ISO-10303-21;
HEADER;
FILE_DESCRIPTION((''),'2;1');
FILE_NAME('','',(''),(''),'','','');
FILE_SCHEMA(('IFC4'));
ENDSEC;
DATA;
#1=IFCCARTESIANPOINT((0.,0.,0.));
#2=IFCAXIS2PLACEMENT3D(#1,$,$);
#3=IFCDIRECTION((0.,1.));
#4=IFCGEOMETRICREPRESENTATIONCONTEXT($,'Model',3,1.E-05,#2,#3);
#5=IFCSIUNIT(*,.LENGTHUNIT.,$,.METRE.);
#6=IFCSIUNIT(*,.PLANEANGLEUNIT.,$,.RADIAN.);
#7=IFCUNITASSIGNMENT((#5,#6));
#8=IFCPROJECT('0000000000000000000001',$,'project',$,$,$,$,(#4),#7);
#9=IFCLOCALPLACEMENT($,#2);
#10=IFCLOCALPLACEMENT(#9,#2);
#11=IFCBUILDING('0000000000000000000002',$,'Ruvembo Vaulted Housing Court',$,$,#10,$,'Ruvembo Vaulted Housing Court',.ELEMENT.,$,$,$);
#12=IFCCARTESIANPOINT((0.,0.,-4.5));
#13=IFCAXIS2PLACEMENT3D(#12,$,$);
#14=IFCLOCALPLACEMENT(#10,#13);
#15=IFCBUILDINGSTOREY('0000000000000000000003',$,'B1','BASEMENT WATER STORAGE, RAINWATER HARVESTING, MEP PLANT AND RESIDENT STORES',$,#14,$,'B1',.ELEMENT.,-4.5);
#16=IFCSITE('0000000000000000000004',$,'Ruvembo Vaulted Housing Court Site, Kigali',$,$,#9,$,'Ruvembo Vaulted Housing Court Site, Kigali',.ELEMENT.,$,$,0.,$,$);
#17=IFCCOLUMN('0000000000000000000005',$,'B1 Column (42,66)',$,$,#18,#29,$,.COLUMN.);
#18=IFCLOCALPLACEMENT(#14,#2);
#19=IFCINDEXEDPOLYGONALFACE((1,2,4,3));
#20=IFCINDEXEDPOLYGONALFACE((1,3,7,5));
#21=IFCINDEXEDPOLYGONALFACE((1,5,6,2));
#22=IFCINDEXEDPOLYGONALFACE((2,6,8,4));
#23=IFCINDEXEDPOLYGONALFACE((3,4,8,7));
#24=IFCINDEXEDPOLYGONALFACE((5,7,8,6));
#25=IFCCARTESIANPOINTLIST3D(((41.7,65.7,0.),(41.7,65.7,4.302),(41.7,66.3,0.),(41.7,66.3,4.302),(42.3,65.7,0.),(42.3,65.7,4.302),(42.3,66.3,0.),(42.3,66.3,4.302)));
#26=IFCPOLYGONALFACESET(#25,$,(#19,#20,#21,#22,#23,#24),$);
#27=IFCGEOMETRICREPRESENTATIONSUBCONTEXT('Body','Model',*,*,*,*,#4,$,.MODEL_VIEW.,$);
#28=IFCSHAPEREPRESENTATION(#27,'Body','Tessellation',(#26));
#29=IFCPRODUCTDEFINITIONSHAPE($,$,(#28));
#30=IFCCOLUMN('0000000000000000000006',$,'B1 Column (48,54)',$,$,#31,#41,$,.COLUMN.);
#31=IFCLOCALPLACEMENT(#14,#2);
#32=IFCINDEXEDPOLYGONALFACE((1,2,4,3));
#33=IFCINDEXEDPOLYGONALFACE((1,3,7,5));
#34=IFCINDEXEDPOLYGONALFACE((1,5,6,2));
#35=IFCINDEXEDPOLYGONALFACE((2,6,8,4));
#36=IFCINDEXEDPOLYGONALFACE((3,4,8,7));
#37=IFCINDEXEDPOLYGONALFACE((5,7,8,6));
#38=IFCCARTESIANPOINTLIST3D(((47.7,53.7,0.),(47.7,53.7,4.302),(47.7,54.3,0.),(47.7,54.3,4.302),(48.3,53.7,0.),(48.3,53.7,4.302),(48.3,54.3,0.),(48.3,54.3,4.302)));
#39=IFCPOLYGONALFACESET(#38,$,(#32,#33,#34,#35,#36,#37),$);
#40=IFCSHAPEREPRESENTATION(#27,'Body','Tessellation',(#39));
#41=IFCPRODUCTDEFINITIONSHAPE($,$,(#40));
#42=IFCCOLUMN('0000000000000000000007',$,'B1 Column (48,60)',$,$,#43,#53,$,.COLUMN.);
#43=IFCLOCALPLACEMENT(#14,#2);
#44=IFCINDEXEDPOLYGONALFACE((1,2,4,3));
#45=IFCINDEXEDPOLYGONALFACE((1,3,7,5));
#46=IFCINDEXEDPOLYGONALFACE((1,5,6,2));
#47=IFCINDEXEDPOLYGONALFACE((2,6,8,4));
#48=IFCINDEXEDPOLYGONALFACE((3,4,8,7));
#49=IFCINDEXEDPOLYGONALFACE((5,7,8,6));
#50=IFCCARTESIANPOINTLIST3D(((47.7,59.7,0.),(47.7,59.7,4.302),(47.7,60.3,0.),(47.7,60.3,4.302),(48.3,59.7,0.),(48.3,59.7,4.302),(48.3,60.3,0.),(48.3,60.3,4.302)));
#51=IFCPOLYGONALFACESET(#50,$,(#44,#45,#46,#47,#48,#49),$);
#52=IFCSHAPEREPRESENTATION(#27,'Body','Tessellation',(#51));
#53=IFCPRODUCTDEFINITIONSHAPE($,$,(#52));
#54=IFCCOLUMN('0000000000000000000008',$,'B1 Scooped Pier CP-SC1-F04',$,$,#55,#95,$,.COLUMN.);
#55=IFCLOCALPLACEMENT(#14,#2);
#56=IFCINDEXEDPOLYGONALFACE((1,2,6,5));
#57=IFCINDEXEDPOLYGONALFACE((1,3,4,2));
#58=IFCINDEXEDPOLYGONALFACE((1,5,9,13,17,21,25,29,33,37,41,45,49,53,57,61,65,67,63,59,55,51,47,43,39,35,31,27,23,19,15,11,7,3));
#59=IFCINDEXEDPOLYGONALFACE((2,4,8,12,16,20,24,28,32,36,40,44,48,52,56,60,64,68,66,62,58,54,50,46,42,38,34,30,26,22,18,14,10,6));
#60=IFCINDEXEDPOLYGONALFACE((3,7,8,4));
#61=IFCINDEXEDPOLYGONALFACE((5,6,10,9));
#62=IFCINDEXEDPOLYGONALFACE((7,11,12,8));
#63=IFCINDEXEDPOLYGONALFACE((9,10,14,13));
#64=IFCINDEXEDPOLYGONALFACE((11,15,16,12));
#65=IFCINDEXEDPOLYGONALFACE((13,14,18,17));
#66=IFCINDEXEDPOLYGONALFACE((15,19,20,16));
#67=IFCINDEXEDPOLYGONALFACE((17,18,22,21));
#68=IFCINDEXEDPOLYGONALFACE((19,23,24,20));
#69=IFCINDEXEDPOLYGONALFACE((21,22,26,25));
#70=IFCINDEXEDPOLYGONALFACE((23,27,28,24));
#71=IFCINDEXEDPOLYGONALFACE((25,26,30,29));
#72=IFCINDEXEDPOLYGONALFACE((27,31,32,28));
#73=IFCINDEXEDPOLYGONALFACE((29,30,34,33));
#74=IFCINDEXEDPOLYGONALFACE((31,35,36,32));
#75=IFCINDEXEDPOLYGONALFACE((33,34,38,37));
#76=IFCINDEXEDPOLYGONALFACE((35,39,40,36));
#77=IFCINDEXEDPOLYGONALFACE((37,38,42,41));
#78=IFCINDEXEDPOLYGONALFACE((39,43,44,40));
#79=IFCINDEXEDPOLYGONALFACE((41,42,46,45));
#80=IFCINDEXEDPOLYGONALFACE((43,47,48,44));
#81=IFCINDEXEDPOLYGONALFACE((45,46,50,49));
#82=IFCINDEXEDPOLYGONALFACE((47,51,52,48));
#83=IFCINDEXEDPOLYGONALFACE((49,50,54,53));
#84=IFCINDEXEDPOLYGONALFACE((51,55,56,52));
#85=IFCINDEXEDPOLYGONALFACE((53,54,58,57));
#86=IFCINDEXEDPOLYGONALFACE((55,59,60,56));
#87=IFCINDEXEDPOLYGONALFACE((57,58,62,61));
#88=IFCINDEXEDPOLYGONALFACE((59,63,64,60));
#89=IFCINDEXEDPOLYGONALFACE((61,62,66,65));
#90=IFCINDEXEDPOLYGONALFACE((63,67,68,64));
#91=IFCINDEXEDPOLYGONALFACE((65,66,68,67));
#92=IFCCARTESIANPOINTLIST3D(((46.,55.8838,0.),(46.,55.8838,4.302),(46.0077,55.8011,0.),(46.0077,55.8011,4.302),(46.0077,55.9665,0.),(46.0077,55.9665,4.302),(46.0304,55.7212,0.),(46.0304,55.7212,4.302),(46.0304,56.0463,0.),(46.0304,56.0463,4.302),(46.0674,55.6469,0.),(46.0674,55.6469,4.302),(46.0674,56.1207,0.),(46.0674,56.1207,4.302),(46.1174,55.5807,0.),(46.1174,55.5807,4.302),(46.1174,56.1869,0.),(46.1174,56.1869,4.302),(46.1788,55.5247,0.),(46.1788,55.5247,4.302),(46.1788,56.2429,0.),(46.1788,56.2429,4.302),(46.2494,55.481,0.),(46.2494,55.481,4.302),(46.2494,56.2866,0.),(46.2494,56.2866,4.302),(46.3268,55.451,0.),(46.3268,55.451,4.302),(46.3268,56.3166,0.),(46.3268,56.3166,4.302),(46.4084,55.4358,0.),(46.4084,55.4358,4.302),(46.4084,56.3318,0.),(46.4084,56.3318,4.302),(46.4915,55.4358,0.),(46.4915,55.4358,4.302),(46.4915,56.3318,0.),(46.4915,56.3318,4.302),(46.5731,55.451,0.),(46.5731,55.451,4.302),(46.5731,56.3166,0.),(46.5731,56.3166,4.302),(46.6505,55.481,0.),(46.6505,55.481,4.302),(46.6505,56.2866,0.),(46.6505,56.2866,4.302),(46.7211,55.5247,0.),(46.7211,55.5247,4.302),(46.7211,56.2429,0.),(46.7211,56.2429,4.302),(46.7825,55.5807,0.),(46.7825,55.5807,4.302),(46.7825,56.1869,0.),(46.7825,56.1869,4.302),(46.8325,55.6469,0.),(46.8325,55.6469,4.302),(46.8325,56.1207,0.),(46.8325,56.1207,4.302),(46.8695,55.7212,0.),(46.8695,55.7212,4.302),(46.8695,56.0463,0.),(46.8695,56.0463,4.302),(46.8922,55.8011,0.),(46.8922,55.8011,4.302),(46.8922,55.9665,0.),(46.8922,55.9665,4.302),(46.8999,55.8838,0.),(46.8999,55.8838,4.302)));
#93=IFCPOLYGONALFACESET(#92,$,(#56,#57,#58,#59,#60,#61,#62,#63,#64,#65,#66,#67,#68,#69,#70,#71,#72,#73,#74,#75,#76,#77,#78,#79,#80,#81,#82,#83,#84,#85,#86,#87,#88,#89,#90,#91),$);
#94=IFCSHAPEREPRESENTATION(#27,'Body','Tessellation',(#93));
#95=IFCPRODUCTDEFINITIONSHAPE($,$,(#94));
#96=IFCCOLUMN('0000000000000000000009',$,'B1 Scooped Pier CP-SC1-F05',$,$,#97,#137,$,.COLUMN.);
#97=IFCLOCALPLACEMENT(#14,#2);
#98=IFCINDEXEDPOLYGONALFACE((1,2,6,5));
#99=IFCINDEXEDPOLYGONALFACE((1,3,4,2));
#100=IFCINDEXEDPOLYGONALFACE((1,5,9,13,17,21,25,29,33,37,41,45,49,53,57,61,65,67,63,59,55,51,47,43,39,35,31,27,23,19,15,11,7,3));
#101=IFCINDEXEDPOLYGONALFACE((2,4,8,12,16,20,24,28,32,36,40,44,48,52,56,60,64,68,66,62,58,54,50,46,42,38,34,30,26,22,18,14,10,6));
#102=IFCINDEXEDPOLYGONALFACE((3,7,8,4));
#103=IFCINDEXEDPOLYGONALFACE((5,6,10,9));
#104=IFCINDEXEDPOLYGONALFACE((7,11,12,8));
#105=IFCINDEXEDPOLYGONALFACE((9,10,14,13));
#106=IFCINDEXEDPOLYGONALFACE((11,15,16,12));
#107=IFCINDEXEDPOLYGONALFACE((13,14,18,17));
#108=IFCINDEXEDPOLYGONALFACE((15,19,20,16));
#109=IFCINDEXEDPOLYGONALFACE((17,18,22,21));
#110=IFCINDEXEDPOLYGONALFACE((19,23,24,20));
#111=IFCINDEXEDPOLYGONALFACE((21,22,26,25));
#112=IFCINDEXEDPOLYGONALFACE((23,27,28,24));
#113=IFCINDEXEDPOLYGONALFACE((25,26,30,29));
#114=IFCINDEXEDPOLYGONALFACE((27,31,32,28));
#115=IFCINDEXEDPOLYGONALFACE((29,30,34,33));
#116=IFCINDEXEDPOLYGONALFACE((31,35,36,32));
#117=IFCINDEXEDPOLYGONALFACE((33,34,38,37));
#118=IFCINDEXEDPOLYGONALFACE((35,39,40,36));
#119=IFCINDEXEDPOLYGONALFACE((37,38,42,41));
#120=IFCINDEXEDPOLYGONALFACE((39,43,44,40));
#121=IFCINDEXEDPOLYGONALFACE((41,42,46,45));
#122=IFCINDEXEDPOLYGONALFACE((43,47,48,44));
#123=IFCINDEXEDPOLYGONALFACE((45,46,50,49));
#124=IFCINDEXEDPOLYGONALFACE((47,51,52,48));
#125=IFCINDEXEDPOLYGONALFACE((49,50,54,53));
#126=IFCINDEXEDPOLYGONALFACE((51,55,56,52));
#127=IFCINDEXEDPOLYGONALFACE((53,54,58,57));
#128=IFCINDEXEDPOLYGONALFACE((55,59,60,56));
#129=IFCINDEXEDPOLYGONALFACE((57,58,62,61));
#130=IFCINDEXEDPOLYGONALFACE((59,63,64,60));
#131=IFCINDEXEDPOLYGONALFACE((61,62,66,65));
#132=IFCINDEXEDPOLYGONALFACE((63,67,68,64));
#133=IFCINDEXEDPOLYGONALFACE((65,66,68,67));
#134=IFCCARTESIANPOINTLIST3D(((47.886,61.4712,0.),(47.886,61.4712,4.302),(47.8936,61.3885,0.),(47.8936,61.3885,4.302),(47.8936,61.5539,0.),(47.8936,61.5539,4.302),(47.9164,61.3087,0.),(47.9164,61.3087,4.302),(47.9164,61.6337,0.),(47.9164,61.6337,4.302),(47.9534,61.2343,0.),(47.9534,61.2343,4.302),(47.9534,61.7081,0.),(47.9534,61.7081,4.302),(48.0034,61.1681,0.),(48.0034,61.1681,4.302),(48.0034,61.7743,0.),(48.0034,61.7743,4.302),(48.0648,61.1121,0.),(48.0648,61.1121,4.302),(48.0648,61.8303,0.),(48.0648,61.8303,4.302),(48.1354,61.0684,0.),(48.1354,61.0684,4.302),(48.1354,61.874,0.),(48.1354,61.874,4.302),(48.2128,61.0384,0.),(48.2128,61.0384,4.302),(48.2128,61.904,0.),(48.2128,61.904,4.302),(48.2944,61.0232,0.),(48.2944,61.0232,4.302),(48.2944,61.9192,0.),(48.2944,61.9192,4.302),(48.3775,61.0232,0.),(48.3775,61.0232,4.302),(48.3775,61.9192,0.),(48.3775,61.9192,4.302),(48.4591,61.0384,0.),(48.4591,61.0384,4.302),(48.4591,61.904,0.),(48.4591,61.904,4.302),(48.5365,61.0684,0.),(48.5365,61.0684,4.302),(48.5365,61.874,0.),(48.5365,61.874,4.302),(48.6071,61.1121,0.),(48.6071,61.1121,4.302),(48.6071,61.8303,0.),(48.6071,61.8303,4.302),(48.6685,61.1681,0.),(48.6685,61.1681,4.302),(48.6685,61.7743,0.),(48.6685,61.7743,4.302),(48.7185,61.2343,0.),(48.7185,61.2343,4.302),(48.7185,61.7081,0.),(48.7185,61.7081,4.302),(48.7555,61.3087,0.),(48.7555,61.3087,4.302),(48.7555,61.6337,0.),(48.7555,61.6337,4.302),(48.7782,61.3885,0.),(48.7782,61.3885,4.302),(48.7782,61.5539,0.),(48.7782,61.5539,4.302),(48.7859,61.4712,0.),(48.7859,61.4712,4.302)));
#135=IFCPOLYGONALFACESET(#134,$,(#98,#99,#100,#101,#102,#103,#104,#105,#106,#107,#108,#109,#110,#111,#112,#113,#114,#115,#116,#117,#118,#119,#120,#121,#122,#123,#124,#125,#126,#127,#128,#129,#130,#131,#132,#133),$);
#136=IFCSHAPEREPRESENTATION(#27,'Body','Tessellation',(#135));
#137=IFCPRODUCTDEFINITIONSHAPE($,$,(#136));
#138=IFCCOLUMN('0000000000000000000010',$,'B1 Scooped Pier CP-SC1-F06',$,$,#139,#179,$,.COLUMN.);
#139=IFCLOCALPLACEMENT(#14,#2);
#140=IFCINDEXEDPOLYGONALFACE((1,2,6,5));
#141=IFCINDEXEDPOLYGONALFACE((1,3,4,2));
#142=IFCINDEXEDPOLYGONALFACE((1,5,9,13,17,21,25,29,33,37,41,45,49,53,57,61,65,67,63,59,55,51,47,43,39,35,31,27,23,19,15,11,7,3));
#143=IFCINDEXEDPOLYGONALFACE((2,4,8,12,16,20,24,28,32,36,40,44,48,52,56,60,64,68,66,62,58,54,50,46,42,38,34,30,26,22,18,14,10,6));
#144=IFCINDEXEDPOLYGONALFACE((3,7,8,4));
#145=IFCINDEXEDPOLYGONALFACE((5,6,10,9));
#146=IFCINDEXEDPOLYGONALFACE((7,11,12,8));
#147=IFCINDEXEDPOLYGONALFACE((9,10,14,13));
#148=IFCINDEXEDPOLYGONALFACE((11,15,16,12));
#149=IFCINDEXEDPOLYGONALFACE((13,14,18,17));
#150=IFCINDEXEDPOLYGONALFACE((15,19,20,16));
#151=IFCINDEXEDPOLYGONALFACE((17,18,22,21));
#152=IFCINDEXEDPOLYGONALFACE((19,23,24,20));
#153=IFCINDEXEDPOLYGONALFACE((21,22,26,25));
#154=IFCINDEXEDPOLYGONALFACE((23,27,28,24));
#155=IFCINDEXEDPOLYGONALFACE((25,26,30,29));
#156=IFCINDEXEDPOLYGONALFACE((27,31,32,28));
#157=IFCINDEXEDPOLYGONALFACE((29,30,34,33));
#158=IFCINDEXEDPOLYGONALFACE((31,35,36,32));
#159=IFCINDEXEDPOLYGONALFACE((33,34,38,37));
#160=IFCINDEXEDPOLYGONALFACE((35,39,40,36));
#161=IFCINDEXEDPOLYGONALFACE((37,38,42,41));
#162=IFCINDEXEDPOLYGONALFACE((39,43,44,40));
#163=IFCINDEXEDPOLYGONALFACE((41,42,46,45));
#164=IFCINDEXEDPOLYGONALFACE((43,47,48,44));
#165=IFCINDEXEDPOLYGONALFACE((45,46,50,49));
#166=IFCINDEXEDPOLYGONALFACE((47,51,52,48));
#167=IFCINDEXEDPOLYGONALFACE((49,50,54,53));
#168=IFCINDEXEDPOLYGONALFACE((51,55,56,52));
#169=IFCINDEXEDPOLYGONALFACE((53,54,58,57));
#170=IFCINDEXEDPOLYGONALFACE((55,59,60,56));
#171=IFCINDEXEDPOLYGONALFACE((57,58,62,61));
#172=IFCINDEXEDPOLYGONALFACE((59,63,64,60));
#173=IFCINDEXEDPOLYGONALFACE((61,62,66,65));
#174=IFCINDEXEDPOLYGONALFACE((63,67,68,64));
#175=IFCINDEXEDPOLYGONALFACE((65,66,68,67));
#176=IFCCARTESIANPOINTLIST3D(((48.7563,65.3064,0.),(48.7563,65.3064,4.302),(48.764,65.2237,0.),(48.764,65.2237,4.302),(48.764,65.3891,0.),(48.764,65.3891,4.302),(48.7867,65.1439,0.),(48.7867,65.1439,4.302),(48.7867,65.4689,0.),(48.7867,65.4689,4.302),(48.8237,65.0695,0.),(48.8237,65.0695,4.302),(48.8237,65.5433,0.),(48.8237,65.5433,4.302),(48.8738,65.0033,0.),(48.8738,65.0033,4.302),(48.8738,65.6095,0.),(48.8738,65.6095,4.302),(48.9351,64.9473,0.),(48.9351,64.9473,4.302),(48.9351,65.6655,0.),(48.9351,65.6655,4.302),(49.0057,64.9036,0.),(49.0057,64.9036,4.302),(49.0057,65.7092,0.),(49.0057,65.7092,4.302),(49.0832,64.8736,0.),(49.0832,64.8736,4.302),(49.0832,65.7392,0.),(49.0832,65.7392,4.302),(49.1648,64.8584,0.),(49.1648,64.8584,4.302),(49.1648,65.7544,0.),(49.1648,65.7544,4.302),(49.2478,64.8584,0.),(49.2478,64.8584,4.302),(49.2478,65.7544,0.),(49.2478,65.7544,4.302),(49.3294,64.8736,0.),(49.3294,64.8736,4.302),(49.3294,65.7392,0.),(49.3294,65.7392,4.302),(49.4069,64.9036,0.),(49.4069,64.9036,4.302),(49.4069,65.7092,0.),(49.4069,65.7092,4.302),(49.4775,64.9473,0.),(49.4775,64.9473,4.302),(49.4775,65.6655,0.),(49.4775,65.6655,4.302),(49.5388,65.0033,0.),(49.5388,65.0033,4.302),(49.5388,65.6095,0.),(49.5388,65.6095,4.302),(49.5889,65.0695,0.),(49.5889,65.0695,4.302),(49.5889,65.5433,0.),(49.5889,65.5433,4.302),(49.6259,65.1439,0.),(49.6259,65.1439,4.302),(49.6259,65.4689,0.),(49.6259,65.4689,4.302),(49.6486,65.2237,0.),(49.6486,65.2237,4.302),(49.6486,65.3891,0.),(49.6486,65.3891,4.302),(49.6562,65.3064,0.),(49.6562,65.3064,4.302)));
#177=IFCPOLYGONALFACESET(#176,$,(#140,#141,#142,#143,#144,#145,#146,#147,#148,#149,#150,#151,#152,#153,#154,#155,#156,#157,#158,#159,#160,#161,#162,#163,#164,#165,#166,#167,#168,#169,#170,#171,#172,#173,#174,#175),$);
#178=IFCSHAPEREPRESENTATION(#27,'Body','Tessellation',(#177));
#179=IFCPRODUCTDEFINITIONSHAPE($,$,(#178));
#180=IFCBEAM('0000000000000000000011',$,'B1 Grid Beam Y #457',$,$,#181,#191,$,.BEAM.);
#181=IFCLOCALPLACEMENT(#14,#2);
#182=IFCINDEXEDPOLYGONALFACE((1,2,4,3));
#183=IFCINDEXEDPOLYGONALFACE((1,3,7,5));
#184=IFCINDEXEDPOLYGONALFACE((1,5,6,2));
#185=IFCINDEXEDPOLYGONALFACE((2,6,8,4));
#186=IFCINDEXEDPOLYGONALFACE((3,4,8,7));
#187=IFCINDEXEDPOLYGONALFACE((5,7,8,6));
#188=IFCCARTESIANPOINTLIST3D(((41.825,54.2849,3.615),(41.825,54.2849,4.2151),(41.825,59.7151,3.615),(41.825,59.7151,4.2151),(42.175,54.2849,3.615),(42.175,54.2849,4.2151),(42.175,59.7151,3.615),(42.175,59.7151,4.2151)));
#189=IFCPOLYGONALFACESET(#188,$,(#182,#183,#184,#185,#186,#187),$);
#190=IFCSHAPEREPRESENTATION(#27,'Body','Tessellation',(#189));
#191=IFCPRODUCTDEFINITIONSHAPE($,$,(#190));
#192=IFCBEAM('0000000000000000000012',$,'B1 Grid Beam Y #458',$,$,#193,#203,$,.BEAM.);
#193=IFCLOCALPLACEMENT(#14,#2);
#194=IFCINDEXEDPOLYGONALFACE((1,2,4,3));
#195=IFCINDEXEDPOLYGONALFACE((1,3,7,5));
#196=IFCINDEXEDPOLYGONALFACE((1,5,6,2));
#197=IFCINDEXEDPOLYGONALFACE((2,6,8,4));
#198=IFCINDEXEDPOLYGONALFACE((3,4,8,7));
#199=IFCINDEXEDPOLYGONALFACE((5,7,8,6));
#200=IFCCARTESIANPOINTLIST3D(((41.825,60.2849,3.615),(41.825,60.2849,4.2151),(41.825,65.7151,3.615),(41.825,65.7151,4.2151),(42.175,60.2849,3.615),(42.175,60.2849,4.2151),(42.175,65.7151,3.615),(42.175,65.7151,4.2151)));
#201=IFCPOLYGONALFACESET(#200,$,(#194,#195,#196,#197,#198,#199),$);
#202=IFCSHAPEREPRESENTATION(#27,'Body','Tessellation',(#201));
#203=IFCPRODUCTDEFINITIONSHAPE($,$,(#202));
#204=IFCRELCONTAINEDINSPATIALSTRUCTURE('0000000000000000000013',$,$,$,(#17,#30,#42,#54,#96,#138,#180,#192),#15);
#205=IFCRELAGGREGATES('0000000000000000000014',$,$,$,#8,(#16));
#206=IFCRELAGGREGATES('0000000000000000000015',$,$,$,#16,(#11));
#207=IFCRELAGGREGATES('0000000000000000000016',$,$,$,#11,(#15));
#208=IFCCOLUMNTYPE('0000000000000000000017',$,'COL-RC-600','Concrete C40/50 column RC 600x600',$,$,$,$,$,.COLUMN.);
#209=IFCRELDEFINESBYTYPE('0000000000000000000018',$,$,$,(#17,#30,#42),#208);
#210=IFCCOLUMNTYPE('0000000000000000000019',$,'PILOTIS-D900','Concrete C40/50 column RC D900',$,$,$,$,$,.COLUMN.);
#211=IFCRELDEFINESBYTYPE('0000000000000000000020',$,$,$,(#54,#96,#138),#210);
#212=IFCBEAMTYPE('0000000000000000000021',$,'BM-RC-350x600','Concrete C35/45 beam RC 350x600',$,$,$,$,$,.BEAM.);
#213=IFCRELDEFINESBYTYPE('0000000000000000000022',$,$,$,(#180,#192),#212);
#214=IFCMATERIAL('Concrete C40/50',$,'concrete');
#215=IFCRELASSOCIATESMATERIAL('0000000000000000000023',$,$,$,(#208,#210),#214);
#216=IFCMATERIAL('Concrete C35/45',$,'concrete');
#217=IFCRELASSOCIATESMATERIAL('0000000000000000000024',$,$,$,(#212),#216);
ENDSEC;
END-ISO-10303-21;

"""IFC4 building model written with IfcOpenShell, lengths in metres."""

from ifc_helpers import new_model, si_unit, direction, frame, origin, origin_2d, place, context, subcontext, project, spatial, rectangle, circle, extrude, material, material_profile, profile_set, type_object, element, save


model = new_model("IFC4")

# Units and contexts
model_context = context("Model", 3, precision=1e-05, world=origin(), true_north=direction((0.0, 1.0)))
body_context = subcontext(model_context, "Body", "Model", "MODEL_VIEW")
ifc_project = project(units=[si_unit("LENGTHUNIT", "METRE"), si_unit("PLANEANGLEUNIT", "RADIAN")], contexts=[model_context])

# Site, building, storey
site_placement = place(None, origin())
site = spatial("IfcSite", under=ifc_project, at=site_placement, Name="Ruvembo Vaulted Housing Court Site, Kigali", LongName="Ruvembo Vaulted Housing Court Site, Kigali", CompositionType="ELEMENT", RefElevation=0.0)
building_placement = place(site_placement, origin())
building = spatial("IfcBuilding", under=site, at=building_placement, Name="Ruvembo Vaulted Housing Court", LongName="Ruvembo Vaulted Housing Court", CompositionType="ELEMENT")
storey_placement = place(building_placement, frame((0.0, 0.0, -4.5)))
storey = spatial("IfcBuildingStorey", under=building, at=storey_placement, Name="B1", Description="BASEMENT WATER STORAGE, RAINWATER HARVESTING, MEP PLANT AND RESIDENT STORES", LongName="B1", CompositionType="ELEMENT", Elevation=-4.5)

# Shared definitions
ifc_material_1 = material(Name="Concrete C35/45", Category="concrete")

# Columns
ifc_material_2 = material(Name="Concrete C40/50", Category="concrete")
ifc_material_profile_1 = material_profile(ifc_material_2, rectangle(XDim=0.6001, YDim=0.6001, at=origin_2d()), Name="RC 600x600")
ifc_profile_set_1 = profile_set([ifc_material_profile_1], Name="Concrete C40/50")
column_type_1 = type_object("IfcColumnType", Name="COL-RC-600", Description="Concrete C40/50 column RC 600x600", PredefinedType="COLUMN", material=ifc_profile_set_1)
for number, where, z_axis, x_axis, name in (
    (1, (42.0, 66.0, 0.0), (0.0, 0.0, 1.0), (1.0, 0.0, 0.0), "B1 Column (42,66)"),
    (2, (48.0, 54.0, 0.0), (0.0, 0.0, 1.0), (1.0, 0.0, 0.0), "B1 Column (48,54)"),
    (3, (48.0, 60.0, 0.0), (0.0, 0.0, 1.0), (1.0, 0.0, 0.0), "B1 Column (48,60)"),
):
    element("IfcColumn", number, at=place(storey_placement, frame(where, z_axis=z_axis, x_axis=x_axis)), inside=storey, type_object=column_type_1, Name=name, PredefinedType="COLUMN", context=body_context, shape_type="SweptSolid", body=[
        extrude(rectangle(XDim=0.6001, YDim=0.6001, at=origin_2d()), origin(), (0.0, 0.0, 1.0), 4.302),
    ])
ifc_material_profile_2 = material_profile(ifc_material_2, circle(Radius=0.45, at=origin_2d()), Name="RC D900")
ifc_profile_set_2 = profile_set([ifc_material_profile_2], Name="Concrete C40/50")
column_type_2 = type_object("IfcColumnType", Name="PILOTIS-D900", Description="Concrete C40/50 column RC D900", PredefinedType="COLUMN", material=ifc_profile_set_2)
for number, where, z_axis, x_axis, name in (
    (4, (46.45, 55.8838, 0.0), (0.0, 0.0, 1.0), (1.0, 0.0, 0.0), "B1 Scooped Pier CP-SC1-F04"),
    (5, (48.3359, 61.4712, 0.0), (0.0, 0.0, 1.0), (1.0, 0.0, 0.0), "B1 Scooped Pier CP-SC1-F05"),
    (6, (49.2063, 65.3064, 0.0), (0.0, 0.0, 1.0), (1.0, 0.0, 0.0), "B1 Scooped Pier CP-SC1-F06"),
):
    element("IfcColumn", number, at=place(storey_placement, frame(where, z_axis=z_axis, x_axis=x_axis)), inside=storey, type_object=column_type_2, Name=name, PredefinedType="COLUMN", context=body_context, shape_type="SweptSolid", body=[
        extrude(circle(Radius=0.45, at=origin_2d()), origin(), (0.0, 0.0, 1.0), 4.302),
    ])

# Beams
ifc_material_profile_3 = material_profile(ifc_material_1, rectangle(XDim=0.3501, YDim=0.6001, at=origin_2d()), Name="RC 350x600")
ifc_profile_set_3 = profile_set([ifc_material_profile_3], Name="Concrete C35/45")
beam_type_1 = type_object("IfcBeamType", Name="BM-RC-350x600", Description="Concrete C35/45 beam RC 350x600", PredefinedType="BEAM", material=ifc_profile_set_3)
for number, where, z_axis, x_axis, name in (
    (7, (42.0, 54.2849, 3.915), (0.0, 1.0, 0.0), (-1.0, 0.0, 0.0), "B1 Grid Beam Y #457"),
    (8, (42.0, 60.2849, 3.915), (0.0, 1.0, 0.0), (-1.0, 0.0, 0.0), "B1 Grid Beam Y #458"),
):
    element("IfcBeam", number, at=place(storey_placement, frame(where, z_axis=z_axis, x_axis=x_axis)), inside=storey, type_object=beam_type_1, Name=name, PredefinedType="BEAM", context=body_context, shape_type="SweptSolid", body=[
        extrude(rectangle(XDim=0.3501, YDim=0.6001, at=origin_2d()), origin(), (0.0, 0.0, 1.0), 5.4302),
    ])

save(model, "model.ifc")
